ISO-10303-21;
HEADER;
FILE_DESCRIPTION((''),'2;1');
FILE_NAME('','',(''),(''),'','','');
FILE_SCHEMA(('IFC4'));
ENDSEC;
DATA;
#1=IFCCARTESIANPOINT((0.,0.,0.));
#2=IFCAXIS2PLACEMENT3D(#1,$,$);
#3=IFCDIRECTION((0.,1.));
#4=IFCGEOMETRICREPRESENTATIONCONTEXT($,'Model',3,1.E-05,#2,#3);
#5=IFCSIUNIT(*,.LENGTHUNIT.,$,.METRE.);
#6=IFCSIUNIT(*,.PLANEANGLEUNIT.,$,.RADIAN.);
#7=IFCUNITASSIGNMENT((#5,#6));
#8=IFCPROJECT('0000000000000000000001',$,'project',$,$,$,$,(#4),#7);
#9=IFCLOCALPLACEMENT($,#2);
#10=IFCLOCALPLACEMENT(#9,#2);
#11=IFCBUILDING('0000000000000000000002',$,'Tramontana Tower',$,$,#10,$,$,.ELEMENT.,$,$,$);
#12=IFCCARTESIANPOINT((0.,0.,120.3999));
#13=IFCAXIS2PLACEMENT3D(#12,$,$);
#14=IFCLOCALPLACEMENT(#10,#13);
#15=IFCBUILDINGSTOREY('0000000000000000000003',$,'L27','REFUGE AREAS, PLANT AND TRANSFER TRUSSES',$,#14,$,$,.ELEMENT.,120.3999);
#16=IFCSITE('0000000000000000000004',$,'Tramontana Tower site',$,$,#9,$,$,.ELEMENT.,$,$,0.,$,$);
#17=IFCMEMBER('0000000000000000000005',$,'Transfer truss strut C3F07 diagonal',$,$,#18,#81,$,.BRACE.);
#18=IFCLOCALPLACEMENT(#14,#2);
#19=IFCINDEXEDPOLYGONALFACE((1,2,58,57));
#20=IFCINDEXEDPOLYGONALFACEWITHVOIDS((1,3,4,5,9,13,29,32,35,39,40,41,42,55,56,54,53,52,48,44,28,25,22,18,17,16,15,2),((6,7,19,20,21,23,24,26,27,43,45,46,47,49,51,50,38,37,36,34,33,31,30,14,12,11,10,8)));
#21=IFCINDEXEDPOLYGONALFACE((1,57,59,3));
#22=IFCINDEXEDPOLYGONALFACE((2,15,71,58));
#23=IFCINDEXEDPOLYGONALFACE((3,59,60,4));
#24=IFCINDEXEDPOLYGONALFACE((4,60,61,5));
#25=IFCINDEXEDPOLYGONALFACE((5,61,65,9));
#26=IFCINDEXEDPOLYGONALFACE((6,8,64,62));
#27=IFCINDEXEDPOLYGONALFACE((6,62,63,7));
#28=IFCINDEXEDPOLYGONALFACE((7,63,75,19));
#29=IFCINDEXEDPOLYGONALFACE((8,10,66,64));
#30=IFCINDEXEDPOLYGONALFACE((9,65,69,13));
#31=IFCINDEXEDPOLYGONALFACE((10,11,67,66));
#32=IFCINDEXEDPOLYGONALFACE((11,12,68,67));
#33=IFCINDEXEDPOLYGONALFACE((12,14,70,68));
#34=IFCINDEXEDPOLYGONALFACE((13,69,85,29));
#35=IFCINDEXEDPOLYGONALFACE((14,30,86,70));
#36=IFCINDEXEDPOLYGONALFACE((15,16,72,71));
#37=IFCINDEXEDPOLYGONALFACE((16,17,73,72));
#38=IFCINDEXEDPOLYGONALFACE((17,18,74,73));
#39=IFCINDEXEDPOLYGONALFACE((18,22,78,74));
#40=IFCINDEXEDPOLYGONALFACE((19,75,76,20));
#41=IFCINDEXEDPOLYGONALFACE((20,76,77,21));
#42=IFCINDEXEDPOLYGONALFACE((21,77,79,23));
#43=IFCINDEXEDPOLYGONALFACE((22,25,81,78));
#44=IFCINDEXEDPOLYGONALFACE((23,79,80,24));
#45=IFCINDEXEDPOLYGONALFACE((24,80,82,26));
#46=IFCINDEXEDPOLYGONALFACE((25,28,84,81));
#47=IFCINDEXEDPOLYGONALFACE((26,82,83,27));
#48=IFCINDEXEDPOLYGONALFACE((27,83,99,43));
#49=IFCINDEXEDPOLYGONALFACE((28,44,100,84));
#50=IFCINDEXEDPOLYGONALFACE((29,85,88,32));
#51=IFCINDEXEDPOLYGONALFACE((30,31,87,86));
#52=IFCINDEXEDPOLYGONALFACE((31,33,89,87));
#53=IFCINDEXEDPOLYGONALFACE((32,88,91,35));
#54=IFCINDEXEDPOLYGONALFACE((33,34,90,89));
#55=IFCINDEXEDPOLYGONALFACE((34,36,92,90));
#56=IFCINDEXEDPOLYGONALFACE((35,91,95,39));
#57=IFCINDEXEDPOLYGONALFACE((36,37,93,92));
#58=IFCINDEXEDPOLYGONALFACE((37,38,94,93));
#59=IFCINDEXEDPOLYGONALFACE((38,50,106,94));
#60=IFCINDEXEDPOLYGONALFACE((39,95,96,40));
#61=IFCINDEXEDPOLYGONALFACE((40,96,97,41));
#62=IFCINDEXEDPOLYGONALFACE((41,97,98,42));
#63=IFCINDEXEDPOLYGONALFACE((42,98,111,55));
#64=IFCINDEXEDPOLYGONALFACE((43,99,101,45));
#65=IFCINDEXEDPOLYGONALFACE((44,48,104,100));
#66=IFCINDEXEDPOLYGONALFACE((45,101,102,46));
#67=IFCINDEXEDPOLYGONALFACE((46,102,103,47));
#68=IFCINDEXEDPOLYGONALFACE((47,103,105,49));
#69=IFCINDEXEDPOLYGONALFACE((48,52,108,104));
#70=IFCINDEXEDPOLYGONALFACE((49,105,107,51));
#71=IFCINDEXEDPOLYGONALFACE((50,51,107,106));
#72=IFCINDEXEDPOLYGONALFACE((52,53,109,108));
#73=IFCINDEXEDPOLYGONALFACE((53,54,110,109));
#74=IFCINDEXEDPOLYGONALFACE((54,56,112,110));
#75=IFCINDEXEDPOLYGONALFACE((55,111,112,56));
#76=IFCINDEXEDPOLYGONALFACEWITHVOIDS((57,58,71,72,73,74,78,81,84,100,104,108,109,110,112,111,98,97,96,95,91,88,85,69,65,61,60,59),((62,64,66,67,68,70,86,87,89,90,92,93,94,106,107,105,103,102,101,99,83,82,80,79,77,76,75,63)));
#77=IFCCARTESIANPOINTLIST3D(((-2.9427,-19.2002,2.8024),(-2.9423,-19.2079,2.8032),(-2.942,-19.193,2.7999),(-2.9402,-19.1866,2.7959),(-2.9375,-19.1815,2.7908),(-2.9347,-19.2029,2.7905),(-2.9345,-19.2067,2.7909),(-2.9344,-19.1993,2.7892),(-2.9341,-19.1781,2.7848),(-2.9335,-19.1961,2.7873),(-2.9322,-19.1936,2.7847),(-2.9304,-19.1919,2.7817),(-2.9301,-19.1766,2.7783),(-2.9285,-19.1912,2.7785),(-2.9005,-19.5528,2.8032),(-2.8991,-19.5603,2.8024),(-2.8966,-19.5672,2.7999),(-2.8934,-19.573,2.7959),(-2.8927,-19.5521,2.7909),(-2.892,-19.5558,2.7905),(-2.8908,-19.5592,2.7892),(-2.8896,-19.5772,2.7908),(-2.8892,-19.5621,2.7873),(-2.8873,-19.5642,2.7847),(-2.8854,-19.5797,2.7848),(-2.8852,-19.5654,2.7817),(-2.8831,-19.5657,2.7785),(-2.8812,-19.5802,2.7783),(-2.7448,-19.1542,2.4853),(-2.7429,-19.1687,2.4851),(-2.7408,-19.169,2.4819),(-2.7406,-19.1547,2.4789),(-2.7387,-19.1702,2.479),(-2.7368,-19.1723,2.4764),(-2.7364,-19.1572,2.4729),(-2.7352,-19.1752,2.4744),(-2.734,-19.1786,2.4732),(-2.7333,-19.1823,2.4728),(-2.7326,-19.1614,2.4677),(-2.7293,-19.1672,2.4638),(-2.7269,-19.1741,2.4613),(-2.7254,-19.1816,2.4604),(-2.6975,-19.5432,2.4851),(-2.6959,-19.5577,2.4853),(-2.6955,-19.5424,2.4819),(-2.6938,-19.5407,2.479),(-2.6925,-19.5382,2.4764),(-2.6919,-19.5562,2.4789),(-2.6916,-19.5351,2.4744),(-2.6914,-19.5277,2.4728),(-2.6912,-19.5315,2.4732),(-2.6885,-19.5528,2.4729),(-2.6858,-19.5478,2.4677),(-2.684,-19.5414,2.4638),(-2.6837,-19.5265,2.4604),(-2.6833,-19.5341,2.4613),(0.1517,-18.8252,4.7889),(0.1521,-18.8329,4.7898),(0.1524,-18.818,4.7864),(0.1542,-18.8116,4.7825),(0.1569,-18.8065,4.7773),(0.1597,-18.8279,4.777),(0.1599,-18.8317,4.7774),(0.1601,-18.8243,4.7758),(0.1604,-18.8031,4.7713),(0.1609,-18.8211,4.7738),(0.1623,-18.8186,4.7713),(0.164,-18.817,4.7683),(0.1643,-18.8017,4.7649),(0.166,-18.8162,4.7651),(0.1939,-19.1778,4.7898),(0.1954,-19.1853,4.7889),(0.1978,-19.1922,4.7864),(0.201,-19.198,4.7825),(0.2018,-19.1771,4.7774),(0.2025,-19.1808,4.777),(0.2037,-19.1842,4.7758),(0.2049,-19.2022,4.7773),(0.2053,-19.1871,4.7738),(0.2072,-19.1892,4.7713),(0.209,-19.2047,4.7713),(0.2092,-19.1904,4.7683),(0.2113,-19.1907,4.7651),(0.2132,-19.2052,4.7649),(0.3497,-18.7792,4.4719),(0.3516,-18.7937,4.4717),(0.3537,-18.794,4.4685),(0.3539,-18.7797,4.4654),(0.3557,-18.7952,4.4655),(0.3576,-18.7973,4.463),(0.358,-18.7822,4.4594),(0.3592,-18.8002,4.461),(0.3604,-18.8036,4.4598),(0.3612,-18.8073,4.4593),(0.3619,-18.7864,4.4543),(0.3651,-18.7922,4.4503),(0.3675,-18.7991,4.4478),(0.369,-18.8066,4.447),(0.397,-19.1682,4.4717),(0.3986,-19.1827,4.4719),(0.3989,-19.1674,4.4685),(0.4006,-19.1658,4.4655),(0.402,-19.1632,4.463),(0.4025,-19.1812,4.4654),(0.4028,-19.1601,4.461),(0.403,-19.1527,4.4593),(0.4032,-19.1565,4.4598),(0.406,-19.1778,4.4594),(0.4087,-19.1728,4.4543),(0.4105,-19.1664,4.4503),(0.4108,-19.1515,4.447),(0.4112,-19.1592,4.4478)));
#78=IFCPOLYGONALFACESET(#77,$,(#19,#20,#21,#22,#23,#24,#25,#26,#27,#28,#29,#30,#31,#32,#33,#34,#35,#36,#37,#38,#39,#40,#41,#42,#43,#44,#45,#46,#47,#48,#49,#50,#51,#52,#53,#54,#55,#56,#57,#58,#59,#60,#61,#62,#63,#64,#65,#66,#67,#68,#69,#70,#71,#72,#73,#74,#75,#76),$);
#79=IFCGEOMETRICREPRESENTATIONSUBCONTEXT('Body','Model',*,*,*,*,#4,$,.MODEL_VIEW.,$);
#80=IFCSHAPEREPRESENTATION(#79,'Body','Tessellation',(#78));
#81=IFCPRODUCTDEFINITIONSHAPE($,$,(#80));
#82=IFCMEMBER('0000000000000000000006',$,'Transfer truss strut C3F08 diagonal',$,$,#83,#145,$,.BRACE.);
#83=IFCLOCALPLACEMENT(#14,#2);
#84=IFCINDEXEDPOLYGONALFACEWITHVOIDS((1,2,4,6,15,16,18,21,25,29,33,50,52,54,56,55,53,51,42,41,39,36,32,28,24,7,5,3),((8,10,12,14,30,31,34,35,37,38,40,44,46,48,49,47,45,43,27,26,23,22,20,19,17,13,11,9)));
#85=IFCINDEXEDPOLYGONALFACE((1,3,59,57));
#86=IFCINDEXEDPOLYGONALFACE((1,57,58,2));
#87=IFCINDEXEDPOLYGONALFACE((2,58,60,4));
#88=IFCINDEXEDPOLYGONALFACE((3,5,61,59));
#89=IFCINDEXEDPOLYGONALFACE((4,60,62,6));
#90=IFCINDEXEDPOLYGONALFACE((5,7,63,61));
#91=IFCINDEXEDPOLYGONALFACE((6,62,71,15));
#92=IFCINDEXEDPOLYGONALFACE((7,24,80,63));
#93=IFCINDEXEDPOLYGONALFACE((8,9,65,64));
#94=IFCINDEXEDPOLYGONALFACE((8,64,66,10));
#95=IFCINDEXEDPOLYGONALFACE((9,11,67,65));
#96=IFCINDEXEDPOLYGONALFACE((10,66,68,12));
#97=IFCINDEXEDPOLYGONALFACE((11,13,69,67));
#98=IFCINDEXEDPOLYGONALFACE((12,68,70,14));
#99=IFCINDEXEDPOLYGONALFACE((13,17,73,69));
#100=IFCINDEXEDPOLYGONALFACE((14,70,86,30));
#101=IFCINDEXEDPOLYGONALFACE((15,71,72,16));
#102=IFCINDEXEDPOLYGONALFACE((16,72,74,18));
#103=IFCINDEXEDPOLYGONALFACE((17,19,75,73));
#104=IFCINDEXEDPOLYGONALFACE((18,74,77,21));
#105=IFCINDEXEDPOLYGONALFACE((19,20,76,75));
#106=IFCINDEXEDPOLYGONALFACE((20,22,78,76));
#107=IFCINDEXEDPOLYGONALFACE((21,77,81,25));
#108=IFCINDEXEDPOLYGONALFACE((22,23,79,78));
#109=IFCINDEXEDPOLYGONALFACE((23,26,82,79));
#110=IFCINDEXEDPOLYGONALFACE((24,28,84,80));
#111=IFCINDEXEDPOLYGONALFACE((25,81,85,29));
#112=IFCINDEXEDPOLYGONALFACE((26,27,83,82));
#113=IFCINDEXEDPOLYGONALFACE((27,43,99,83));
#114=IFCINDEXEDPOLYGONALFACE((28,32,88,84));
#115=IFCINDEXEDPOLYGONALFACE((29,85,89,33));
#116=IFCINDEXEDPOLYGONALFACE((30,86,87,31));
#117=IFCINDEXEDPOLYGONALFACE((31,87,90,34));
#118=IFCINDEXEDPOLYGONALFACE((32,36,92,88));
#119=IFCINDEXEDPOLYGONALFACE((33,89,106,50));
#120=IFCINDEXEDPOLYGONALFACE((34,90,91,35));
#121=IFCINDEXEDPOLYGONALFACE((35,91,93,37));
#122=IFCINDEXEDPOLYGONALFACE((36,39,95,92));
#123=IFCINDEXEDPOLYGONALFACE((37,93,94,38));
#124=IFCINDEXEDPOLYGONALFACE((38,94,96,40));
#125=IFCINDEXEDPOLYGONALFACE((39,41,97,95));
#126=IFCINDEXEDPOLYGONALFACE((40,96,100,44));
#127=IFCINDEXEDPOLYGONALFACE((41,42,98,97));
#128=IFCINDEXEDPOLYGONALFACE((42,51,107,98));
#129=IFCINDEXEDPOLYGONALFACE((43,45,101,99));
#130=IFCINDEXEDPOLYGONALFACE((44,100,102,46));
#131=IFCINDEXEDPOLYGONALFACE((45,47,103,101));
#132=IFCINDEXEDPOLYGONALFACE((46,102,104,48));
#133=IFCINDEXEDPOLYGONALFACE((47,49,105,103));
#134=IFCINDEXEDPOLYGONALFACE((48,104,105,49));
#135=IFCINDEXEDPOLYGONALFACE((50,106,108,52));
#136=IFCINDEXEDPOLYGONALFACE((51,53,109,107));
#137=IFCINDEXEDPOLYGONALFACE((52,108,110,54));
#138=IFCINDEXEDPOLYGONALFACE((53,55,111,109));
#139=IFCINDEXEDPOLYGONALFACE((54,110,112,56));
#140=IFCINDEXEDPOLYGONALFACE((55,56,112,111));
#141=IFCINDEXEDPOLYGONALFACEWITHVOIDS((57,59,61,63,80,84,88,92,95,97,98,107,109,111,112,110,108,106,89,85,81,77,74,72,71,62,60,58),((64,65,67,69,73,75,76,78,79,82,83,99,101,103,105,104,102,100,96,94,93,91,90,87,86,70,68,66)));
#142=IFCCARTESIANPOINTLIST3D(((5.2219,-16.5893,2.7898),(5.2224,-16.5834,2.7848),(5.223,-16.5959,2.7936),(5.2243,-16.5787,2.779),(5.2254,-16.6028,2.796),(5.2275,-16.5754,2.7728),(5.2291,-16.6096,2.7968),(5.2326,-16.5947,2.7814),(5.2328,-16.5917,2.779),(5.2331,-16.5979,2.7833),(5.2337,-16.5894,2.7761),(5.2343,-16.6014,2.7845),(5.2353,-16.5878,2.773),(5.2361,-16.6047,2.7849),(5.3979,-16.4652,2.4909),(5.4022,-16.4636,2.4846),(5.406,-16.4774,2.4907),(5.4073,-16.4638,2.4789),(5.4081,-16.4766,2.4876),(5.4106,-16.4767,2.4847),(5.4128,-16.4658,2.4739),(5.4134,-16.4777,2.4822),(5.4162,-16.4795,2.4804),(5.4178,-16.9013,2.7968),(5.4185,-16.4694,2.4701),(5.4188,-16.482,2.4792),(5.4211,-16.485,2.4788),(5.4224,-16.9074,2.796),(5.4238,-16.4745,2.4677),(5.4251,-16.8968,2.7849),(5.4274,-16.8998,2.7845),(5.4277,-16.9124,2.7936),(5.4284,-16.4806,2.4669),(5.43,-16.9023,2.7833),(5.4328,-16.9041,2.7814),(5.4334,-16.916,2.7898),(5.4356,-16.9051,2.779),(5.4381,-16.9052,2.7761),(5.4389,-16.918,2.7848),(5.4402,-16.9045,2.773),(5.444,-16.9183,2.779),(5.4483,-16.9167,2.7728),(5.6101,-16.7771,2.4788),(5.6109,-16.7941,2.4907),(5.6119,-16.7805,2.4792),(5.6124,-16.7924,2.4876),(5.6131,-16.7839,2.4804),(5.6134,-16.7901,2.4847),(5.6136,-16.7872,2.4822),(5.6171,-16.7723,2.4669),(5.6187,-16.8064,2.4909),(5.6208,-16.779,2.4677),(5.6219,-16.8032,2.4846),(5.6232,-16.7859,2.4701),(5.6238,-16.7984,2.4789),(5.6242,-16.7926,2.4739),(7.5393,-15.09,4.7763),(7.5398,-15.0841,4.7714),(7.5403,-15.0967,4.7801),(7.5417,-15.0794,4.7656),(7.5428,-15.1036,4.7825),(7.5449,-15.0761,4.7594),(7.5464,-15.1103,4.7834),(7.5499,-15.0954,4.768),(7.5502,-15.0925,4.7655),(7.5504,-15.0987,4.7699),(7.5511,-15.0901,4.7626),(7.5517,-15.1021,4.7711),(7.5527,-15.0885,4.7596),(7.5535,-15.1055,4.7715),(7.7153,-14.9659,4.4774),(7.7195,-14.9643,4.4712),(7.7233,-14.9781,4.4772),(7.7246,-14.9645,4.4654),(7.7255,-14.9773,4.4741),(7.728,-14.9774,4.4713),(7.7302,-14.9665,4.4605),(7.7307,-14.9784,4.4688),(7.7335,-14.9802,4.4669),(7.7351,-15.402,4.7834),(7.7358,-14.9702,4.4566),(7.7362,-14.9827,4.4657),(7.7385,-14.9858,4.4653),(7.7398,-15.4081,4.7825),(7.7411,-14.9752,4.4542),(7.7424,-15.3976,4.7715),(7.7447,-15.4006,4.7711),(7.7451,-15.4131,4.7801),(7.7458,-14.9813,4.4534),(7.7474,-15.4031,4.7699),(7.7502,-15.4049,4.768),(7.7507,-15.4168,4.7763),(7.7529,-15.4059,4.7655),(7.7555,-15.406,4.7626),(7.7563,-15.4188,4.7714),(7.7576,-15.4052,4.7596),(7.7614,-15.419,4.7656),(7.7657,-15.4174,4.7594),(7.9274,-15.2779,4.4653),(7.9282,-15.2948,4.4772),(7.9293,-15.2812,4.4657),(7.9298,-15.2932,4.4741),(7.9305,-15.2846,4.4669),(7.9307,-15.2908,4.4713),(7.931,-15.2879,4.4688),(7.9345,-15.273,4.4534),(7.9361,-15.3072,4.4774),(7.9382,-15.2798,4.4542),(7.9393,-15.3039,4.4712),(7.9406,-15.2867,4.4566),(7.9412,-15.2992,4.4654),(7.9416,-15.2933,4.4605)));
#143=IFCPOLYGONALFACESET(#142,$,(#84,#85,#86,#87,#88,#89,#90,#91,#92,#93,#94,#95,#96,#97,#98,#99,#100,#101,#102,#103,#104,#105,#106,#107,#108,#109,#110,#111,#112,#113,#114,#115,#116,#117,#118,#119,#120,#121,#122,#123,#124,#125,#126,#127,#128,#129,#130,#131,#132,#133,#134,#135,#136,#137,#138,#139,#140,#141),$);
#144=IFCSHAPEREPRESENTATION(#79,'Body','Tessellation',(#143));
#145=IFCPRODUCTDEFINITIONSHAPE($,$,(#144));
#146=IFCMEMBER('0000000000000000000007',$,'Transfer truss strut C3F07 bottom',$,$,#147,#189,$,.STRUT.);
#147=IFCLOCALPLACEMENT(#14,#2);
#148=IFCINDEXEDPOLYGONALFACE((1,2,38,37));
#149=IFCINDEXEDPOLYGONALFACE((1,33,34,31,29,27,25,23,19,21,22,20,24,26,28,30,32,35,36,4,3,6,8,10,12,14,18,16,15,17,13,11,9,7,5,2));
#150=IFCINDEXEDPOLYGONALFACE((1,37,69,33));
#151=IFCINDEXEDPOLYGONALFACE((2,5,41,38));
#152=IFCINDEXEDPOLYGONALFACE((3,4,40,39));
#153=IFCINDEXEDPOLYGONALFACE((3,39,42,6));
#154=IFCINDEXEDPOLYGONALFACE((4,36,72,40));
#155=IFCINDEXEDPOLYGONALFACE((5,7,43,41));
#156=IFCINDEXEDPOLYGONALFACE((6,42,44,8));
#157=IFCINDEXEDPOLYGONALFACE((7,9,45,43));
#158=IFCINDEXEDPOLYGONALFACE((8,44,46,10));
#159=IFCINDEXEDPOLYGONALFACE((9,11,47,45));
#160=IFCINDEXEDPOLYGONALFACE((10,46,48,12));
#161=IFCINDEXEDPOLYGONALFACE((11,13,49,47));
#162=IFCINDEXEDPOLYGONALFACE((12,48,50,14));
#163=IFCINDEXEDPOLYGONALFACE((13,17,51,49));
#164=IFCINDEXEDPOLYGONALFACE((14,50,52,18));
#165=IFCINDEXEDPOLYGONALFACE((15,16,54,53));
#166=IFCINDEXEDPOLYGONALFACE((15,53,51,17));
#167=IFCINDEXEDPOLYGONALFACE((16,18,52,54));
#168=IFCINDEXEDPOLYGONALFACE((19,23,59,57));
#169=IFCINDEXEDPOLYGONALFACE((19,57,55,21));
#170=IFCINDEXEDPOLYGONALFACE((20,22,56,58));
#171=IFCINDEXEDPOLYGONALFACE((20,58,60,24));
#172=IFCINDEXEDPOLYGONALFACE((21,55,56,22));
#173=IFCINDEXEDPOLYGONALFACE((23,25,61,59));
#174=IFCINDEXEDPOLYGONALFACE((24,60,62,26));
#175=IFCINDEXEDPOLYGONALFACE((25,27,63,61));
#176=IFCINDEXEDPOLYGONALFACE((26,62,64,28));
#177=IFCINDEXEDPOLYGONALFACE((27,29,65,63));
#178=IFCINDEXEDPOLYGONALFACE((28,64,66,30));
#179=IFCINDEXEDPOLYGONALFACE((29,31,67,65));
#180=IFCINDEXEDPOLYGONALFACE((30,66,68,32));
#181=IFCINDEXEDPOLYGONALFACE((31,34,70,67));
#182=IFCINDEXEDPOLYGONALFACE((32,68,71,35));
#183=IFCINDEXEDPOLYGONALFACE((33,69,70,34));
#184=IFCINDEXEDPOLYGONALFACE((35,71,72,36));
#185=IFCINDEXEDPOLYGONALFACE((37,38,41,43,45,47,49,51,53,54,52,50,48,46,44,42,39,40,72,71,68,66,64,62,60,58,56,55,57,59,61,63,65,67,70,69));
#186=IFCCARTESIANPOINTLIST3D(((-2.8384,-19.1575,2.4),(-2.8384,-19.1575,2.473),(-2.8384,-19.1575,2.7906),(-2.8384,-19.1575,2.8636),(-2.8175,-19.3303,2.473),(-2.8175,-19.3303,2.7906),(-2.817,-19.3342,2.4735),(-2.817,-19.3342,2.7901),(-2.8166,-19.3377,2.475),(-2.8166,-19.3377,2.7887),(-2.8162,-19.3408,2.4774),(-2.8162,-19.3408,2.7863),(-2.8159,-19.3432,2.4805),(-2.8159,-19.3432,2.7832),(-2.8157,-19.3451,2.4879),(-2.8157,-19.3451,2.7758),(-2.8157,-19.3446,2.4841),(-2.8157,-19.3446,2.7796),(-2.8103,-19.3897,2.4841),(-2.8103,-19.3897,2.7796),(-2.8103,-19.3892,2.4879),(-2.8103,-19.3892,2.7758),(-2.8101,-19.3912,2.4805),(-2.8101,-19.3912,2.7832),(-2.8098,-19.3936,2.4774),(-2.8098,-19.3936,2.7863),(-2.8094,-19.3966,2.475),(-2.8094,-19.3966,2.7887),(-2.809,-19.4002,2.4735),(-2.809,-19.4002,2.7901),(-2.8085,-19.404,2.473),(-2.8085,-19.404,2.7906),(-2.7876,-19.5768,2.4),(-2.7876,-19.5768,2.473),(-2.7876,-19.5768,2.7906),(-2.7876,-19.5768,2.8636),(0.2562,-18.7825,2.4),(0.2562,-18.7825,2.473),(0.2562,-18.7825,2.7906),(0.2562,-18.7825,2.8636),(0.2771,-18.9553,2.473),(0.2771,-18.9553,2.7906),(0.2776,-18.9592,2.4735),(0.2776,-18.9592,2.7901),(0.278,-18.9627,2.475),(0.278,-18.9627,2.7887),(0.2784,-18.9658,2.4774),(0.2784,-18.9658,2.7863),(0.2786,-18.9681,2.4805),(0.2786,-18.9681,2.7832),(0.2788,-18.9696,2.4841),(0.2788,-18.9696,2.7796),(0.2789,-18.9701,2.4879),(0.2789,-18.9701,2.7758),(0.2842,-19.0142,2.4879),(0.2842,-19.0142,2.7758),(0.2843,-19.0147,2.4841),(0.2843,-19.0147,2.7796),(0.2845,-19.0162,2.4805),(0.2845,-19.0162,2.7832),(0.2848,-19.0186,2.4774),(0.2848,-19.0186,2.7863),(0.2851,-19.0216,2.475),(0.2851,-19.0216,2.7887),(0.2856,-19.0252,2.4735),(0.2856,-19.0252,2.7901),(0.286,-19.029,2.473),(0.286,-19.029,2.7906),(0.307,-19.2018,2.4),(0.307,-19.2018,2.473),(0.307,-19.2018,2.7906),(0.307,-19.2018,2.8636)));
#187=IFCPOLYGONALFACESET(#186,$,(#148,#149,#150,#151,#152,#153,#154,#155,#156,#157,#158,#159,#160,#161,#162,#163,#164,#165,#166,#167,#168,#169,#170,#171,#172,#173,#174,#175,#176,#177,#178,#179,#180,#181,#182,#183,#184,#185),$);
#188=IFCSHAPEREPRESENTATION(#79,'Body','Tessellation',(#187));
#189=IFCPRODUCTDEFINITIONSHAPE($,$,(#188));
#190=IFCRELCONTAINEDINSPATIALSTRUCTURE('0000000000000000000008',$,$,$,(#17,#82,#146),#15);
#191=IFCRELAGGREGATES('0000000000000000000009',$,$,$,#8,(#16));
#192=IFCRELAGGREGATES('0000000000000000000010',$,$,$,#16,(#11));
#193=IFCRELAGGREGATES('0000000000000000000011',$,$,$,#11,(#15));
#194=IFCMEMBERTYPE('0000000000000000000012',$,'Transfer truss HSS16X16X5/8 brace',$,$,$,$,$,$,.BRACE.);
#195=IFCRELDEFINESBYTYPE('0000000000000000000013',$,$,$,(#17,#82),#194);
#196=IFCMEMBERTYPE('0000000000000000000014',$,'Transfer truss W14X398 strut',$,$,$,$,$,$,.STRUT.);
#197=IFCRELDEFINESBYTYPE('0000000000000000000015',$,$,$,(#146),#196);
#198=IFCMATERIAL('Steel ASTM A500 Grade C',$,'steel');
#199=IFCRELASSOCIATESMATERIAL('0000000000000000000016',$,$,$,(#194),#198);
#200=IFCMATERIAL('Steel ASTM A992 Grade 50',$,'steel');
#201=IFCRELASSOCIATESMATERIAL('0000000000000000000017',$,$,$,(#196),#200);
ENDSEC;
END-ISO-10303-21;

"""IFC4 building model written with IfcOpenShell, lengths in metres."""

from ifc_helpers import new_model, si_unit, direction, frame, origin, origin_2d, place, context, subcontext, project, spatial, hollow_rectangle, i_section, extrude, material, material_profile, profile_set, type_object, element, save


model = new_model("IFC4")

# Units and contexts
model_context = context("Model", 3, precision=1e-05, world=origin(), true_north=direction((0.0, 1.0)))
body_context = subcontext(model_context, "Body", "Model", "MODEL_VIEW")
ifc_project = project(units=[si_unit("LENGTHUNIT", "METRE"), si_unit("PLANEANGLEUNIT", "RADIAN")], contexts=[model_context])

# Site, building, storey
site_placement = place(None, origin())
site = spatial("IfcSite", under=ifc_project, at=site_placement, Name="Tramontana Tower site", CompositionType="ELEMENT", RefElevation=0.0)
building_placement = place(site_placement, origin())
building = spatial("IfcBuilding", under=site, at=building_placement, Name="Tramontana Tower", CompositionType="ELEMENT")
storey_placement = place(building_placement, frame((0.0, 0.0, 120.3999)))
storey = spatial("IfcBuildingStorey", under=building, at=storey_placement, Name="L27", Description="REFUGE AREAS, PLANT AND TRANSFER TRUSSES", CompositionType="ELEMENT", Elevation=120.3999)

# Members
ifc_material_1 = material(Name="Steel ASTM A500 Grade C", Category="steel")
ifc_material_profile_1 = material_profile(ifc_material_1, hollow_rectangle(XDim=0.4065, YDim=0.4065, WallThickness=0.0146, InnerFilletRadius=0.0146, OuterFilletRadius=0.0295, at=origin_2d()), Name="HSS16X16X5/8")
ifc_profile_set_1 = profile_set([ifc_material_profile_1], Name="Steel ASTM A500 Grade C")
member_type_1 = type_object("IfcMemberType", Name="Transfer truss HSS16X16X5/8 brace", PredefinedType="BRACE", material=ifc_profile_set_1)
member_1_placement = place(storey_placement, frame((-2.813, -19.3672, 2.6318), z_axis=(0.837175, 0.101452, 0.537443), x_axis=(-0.120303, 0.992737, 0.0)))
element("IfcMember", 1, at=member_1_placement, inside=storey, type_object=member_type_1, Name="Transfer truss strut C3F07 diagonal", PredefinedType="BRACE", context=body_context, shape_type="SweptSolid", body=[
    extrude(hollow_rectangle(XDim=0.4065, YDim=0.4065, WallThickness=0.0146, InnerFilletRadius=0.0146, OuterFilletRadius=0.0295, at=origin_2d()), origin(), (0.0, 0.0, 1.0), 3.6963),
])
member_2_placement = place(storey_placement, frame((5.4231, -16.6909, 2.6318), z_axis=(0.68145, 0.440875, 0.584171), x_axis=(-0.543196, 0.839606, 0.0)))
element("IfcMember", 2, at=member_2_placement, inside=storey, type_object=member_type_1, Name="Transfer truss strut C3F08 diagonal", PredefinedType="BRACE", context=body_context, shape_type="SweptSolid", body=[
    extrude(hollow_rectangle(XDim=0.4065, YDim=0.4065, WallThickness=0.0146, InnerFilletRadius=0.0146, OuterFilletRadius=0.0295, at=origin_2d()), origin(), (0.0, 0.0, 1.0), 3.4006),
])
ifc_material_2 = material(Name="Steel ASTM A992 Grade 50", Category="steel")
ifc_material_profile_2 = material_profile(ifc_material_2, i_section(OverallWidth=0.4224, OverallDepth=0.4636, WebThickness=0.0444, FlangeThickness=0.073, FilletRadius=0.0149, at=origin_2d()), Name="W14X398")
ifc_profile_set_2 = profile_set([ifc_material_profile_2], Name="Steel ASTM A992 Grade 50")
member_type_2 = type_object("IfcMemberType", Name="Transfer truss W14X398 strut", PredefinedType="STRUT", material=ifc_profile_set_2)
member_3_placement = place(storey_placement, frame((-2.813, -19.3672, 2.6318), z_axis=(0.992737, 0.120303, 0.0), x_axis=(-0.120303, 0.992737, 0.0)))
element("IfcMember", 3, at=member_3_placement, inside=storey, type_object=member_type_2, Name="Transfer truss strut C3F07 bottom", PredefinedType="STRUT", context=body_context, shape_type="SweptSolid", body=[
    extrude(i_section(OverallWidth=0.4224, OverallDepth=0.4636, WebThickness=0.0444, FlangeThickness=0.073, FilletRadius=0.0149, at=origin_2d()), origin(), (0.0, 0.0, 1.0), 3.1172),
])

save(model, "model.ifc")
